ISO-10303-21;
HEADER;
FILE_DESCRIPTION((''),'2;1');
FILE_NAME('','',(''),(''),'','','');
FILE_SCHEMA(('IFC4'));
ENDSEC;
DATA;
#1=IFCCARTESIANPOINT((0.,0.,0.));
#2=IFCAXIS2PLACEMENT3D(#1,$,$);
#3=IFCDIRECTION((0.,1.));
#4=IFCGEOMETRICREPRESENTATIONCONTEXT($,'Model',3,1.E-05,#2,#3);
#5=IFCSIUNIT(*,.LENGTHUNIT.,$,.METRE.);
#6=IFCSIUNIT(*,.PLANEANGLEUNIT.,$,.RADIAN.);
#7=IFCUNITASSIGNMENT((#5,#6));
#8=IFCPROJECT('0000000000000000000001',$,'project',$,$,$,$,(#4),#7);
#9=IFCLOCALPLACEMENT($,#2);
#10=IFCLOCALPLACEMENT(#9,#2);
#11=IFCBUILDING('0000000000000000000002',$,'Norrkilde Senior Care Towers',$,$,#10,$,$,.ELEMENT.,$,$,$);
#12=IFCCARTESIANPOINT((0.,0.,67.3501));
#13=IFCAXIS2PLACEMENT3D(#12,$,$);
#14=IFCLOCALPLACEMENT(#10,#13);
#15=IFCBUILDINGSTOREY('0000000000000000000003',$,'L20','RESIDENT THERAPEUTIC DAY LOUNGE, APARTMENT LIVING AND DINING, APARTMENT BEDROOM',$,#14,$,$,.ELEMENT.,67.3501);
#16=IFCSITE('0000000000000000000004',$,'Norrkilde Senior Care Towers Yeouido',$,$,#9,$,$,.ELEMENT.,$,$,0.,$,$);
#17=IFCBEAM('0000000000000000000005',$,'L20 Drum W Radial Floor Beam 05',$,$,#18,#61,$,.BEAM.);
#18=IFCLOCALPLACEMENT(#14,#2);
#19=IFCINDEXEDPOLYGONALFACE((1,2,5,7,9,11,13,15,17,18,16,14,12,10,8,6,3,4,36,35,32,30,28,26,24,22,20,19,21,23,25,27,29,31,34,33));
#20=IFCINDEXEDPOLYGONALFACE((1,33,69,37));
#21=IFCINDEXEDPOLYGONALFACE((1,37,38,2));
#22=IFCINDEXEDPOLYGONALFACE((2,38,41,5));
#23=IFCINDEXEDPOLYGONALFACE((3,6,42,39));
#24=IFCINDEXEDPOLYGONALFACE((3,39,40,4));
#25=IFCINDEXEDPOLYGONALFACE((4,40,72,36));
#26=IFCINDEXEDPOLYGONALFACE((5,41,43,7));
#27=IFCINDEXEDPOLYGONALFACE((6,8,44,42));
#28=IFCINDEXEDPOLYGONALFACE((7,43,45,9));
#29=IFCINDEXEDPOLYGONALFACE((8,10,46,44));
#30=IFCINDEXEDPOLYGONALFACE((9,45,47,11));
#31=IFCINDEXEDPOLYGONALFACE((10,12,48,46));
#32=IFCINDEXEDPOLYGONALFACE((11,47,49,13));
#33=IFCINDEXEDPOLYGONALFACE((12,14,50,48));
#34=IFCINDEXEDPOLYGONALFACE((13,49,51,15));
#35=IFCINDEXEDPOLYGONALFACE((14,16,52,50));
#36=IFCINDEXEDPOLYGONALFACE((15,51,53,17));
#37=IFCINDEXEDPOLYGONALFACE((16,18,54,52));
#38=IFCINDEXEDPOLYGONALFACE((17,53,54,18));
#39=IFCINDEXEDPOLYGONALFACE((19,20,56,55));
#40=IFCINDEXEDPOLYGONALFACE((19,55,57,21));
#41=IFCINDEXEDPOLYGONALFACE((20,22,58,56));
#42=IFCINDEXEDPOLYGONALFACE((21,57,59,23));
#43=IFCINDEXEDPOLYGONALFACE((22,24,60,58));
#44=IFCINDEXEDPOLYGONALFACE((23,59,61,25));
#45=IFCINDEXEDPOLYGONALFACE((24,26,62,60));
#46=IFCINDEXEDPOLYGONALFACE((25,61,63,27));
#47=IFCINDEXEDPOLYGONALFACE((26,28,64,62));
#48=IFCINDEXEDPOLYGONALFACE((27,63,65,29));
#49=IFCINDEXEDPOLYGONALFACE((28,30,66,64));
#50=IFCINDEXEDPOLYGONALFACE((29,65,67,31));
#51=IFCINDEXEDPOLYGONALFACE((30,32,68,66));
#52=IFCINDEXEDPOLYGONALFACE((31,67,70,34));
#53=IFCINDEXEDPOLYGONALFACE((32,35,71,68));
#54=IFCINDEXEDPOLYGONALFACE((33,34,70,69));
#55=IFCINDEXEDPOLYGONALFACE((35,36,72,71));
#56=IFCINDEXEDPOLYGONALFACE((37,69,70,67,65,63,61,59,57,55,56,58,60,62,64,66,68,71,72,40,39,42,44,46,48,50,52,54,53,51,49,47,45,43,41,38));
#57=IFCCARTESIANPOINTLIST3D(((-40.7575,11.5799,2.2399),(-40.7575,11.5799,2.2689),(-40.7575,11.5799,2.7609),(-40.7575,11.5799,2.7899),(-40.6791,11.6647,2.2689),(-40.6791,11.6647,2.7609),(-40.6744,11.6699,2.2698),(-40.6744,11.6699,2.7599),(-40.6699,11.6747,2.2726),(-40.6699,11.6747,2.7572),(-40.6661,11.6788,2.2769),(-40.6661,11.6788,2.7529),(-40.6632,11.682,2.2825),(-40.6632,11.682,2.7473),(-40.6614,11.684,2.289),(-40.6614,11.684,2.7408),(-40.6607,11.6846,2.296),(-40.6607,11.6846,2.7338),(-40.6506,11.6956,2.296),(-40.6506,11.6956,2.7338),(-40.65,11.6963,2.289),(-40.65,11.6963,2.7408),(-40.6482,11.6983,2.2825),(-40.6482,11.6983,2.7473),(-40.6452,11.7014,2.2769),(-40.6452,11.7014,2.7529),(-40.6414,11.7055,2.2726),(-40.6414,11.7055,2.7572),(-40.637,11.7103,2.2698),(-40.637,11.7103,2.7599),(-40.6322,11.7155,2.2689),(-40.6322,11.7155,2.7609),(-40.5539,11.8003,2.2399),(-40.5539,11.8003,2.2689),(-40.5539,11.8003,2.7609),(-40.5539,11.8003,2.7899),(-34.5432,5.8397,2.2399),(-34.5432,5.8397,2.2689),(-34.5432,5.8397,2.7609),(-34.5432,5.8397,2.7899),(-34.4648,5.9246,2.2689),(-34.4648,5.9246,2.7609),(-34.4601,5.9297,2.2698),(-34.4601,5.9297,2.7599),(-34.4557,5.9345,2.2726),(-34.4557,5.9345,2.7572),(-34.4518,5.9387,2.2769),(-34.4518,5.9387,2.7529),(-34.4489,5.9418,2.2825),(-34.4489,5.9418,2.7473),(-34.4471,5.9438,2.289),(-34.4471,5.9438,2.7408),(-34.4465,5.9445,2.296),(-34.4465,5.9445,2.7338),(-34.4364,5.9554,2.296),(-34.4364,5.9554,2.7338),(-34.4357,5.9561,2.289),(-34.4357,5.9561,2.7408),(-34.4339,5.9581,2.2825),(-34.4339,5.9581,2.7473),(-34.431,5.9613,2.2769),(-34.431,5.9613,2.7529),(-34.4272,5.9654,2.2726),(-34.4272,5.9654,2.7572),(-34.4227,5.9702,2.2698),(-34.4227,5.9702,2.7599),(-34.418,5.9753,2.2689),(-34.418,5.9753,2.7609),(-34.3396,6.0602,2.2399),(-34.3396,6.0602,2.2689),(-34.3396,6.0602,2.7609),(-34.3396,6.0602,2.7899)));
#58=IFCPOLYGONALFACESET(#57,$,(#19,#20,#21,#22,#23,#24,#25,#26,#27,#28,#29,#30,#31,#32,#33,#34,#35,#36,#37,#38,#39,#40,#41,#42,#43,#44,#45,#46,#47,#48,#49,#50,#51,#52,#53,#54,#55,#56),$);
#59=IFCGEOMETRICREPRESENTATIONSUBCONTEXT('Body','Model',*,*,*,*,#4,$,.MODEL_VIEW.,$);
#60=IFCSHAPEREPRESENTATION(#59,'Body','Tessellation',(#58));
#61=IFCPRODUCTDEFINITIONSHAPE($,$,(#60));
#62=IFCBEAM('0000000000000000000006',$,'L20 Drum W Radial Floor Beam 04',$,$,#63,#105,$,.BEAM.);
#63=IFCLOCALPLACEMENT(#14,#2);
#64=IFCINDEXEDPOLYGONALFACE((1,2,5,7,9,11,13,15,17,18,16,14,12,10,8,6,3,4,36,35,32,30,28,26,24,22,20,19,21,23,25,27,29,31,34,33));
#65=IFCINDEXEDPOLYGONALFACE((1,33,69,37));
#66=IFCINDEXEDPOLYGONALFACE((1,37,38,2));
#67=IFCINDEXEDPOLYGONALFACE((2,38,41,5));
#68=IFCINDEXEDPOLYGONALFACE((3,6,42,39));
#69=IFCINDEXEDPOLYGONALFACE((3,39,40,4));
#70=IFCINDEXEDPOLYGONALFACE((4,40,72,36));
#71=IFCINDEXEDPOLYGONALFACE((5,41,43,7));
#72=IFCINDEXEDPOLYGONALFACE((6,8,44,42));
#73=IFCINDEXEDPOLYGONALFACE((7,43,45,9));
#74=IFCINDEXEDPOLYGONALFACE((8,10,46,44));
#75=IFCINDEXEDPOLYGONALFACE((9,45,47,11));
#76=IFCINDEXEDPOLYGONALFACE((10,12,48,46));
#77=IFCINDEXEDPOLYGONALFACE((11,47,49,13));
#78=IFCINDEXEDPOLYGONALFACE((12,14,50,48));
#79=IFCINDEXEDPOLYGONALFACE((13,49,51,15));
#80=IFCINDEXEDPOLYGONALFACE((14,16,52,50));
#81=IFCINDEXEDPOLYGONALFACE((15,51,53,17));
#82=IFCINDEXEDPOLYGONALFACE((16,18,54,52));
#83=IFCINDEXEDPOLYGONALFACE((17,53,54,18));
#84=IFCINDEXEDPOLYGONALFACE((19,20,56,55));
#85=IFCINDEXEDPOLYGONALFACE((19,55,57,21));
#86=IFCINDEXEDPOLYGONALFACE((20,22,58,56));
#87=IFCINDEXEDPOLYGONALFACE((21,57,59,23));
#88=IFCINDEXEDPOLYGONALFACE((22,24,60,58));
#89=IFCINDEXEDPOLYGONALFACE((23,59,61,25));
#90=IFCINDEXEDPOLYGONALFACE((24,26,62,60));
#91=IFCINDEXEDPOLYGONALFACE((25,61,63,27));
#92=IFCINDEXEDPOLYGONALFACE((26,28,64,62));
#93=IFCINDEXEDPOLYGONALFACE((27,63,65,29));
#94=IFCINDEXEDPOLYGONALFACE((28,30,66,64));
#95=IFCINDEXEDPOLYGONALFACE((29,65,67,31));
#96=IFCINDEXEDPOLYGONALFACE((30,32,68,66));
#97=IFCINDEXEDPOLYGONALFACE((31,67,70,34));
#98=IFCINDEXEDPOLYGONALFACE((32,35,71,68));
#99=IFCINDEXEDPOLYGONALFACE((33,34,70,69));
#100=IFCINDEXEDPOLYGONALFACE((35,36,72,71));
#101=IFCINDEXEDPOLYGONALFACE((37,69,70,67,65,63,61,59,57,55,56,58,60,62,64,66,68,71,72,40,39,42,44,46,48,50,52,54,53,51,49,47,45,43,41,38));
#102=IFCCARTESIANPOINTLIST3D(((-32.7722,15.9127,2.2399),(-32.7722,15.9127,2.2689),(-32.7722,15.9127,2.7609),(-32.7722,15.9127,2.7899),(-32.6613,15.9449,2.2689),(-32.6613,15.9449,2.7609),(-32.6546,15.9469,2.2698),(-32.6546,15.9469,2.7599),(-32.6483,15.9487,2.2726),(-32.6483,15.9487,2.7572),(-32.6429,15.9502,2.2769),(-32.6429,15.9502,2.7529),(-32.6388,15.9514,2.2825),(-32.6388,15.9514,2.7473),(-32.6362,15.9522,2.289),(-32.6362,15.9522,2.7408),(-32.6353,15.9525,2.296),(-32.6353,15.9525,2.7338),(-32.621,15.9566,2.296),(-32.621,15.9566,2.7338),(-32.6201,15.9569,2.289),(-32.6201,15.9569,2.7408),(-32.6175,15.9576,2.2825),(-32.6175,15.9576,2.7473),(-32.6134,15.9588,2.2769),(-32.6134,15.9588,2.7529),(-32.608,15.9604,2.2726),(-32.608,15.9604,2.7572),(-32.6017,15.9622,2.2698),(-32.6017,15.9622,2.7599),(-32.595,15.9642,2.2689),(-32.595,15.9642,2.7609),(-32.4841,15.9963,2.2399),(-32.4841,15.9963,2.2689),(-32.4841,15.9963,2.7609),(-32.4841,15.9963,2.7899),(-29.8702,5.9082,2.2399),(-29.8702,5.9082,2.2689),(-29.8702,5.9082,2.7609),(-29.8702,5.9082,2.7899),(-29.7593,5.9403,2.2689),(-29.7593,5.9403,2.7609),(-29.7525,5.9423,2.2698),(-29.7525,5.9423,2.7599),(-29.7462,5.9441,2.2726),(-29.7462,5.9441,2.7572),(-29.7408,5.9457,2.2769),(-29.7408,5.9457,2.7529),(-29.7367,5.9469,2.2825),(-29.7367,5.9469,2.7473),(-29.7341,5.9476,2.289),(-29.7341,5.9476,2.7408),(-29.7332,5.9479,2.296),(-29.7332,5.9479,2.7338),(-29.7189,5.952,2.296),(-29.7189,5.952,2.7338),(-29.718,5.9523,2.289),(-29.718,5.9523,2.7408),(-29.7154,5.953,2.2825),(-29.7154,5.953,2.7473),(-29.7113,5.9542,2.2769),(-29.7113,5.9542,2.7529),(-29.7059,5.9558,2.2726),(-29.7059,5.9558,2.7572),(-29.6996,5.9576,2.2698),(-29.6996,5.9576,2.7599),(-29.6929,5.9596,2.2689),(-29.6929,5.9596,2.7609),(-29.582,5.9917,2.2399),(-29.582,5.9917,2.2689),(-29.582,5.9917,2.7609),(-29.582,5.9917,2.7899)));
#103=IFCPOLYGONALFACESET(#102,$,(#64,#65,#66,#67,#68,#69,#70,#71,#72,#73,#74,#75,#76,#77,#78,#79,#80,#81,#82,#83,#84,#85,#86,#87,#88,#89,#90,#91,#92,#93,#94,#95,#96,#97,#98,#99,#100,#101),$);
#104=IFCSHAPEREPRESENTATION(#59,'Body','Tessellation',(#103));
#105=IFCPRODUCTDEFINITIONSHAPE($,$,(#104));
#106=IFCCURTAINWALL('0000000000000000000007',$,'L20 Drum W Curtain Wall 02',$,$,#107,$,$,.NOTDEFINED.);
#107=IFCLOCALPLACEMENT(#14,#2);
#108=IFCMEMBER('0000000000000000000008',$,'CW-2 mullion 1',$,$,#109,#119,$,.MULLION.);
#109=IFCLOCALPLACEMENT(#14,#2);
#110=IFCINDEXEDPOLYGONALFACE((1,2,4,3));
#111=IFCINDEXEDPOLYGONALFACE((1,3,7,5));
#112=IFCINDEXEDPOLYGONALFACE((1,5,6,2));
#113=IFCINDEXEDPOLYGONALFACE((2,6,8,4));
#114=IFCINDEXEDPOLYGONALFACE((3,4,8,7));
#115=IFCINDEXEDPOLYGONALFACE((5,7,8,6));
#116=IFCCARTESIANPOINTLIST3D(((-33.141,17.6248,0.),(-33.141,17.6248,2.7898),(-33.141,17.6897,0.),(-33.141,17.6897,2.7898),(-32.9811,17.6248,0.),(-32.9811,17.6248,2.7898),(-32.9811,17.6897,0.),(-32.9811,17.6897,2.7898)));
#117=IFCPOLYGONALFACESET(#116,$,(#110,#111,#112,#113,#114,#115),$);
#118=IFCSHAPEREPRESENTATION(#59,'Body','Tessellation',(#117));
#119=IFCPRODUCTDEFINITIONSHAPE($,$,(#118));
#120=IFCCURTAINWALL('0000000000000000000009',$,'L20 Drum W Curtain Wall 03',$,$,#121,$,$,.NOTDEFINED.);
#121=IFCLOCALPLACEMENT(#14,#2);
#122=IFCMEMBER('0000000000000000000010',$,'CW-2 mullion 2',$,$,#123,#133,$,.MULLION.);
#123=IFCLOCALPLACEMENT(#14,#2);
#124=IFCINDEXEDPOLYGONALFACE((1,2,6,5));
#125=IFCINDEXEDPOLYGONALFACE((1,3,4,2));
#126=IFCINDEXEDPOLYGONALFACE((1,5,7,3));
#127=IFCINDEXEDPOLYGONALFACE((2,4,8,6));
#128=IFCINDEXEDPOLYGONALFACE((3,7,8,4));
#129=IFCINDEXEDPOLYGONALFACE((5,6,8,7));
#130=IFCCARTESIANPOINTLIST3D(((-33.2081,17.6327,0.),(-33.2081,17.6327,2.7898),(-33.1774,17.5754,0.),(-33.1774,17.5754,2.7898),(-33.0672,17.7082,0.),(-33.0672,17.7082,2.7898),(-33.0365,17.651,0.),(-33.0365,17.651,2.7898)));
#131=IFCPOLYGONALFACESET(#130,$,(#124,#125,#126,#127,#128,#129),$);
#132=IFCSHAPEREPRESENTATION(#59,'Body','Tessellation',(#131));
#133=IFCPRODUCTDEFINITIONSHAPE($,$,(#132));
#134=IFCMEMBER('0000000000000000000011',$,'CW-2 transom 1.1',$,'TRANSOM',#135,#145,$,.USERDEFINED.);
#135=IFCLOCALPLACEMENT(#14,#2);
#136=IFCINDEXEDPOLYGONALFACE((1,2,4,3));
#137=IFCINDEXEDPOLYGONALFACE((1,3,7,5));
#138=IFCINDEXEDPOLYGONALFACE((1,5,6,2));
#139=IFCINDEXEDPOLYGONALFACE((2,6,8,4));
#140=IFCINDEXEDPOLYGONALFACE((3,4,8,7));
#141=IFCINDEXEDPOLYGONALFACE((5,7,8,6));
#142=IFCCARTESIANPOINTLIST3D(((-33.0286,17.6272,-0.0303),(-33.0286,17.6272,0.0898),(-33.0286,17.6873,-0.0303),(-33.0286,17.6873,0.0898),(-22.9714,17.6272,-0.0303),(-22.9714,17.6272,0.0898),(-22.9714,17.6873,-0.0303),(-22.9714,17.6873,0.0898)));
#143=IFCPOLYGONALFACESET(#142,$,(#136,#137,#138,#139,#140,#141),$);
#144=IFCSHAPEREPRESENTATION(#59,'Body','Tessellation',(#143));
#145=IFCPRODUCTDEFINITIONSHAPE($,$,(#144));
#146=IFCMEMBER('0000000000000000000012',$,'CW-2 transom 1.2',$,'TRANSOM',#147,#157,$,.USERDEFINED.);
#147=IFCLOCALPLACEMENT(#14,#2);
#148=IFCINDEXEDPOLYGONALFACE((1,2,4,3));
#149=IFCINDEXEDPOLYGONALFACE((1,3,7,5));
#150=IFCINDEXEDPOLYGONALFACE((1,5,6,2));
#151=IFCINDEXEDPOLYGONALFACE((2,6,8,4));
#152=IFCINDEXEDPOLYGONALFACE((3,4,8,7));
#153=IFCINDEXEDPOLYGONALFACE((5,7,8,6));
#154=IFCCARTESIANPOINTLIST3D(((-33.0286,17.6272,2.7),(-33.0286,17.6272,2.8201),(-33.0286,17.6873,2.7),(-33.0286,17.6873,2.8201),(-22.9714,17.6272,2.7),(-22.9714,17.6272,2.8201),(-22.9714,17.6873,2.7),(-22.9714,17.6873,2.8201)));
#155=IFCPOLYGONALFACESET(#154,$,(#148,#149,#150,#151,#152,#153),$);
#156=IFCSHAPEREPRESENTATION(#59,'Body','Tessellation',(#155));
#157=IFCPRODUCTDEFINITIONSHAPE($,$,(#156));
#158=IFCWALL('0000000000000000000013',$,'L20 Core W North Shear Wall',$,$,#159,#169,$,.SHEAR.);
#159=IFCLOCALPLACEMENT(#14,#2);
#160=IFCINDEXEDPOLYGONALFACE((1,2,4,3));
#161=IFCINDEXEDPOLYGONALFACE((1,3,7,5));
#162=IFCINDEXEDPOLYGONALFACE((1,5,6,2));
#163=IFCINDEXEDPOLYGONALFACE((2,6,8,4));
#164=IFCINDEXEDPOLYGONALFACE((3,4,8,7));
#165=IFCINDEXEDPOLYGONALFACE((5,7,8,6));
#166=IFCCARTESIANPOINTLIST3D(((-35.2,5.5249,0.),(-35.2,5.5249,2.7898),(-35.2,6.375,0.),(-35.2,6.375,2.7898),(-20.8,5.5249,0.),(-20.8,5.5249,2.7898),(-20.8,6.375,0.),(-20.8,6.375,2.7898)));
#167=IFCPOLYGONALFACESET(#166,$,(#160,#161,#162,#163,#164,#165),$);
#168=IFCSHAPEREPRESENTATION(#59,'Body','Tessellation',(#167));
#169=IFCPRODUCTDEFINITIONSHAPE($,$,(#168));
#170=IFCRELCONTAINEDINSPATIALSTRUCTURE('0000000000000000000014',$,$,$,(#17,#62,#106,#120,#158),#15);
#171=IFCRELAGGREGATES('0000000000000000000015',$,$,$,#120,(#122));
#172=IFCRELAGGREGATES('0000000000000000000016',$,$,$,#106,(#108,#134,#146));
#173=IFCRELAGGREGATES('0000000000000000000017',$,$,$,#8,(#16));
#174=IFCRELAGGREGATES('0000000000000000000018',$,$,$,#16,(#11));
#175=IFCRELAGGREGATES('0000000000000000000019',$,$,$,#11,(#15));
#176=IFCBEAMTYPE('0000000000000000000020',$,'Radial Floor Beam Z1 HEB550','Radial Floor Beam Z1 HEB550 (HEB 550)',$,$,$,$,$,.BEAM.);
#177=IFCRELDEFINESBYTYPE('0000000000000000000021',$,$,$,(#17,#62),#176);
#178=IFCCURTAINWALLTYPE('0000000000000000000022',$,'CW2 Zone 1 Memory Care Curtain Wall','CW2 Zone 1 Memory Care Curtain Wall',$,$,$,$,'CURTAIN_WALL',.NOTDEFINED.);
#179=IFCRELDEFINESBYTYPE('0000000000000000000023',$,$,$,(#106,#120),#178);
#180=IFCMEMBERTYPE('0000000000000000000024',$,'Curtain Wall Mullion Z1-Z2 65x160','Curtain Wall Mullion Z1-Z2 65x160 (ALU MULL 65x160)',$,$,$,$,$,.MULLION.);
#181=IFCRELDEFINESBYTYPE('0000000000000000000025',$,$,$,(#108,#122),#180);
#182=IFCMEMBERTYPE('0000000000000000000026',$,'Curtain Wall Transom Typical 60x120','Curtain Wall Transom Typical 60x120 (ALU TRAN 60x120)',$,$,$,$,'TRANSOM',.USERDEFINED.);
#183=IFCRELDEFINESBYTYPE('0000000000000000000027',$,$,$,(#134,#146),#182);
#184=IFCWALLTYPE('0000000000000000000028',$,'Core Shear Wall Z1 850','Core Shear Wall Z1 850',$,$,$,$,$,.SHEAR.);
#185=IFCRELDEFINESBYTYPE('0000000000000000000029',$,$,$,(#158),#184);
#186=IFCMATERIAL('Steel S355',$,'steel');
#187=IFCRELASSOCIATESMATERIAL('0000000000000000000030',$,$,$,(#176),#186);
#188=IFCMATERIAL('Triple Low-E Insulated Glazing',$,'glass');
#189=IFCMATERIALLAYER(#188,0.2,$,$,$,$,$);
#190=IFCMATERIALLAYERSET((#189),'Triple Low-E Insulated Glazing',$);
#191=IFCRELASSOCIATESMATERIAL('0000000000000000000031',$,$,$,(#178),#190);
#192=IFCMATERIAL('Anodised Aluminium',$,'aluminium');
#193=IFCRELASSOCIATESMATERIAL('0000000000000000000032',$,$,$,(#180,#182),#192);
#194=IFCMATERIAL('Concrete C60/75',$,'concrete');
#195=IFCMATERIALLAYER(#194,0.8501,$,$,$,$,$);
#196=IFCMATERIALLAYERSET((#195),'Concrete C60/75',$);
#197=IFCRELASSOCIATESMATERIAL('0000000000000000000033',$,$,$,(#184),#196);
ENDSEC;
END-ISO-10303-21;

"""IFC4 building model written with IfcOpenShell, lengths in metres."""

from ifc_helpers import new_model, si_unit, direction, frame, frame_2d, origin, origin_2d, place, context, subcontext, project, spatial, rectangle, i_section, extrude, source, transform, mapped, material, layer, layer_set, material_profile, profile_set, type_object, type_shapes, element, aggregate, save


model = new_model("IFC4")

# Units and contexts
model_context = context("Model", 3, precision=1e-05, world=origin(), true_north=direction((0.0, 1.0)))
body_context = subcontext(model_context, "Body", "Model", "MODEL_VIEW")
ifc_project = project(units=[si_unit("LENGTHUNIT", "METRE"), si_unit("PLANEANGLEUNIT", "RADIAN")], contexts=[model_context])

# Site, building, storey
site_placement = place(None, origin())
site = spatial("IfcSite", under=ifc_project, at=site_placement, Name="Norrkilde Senior Care Towers Yeouido", CompositionType="ELEMENT", RefElevation=0.0)
building_placement = place(site_placement, origin())
building = spatial("IfcBuilding", under=site, at=building_placement, Name="Norrkilde Senior Care Towers", CompositionType="ELEMENT")
storey_placement = place(building_placement, frame((0.0, 0.0, 67.3501)))
storey = spatial("IfcBuildingStorey", under=building, at=storey_placement, Name="L20", Description="RESIDENT THERAPEUTIC DAY LOUNGE, APARTMENT LIVING AND DINING, APARTMENT BEDROOM", CompositionType="ELEMENT", Elevation=67.3501)

# Shared definitions
ifc_material_1 = material(Name="Concrete C60/75", Category="concrete")

# Beams
ifc_material_2 = material(Name="Steel S355", Category="steel")
ifc_material_profile_1 = material_profile(ifc_material_2, i_section(OverallWidth=0.3, OverallDepth=0.55, WebThickness=0.0149, FlangeThickness=0.0291, FilletRadius=0.0271, at=origin_2d()), Name="HEB 550")
ifc_profile_set_1 = profile_set([ifc_material_profile_1], Name="Steel S355")
beam_type_1 = type_object("IfcBeamType", Name="Radial Floor Beam Z1 HEB550", Description="Radial Floor Beam Z1 HEB550 (HEB 550)", PredefinedType="BEAM", material=ifc_profile_set_1)
shared_shape_1 = source(origin(), body_context, "Body", "SweptSolid", [
    extrude(i_section(OverallWidth=0.3, OverallDepth=0.55, WebThickness=0.0149, FlangeThickness=0.0291, FilletRadius=0.0271, at=origin_2d()), origin(), (0.0, 0.0, 1.0), 8.4597),
])
beam_1_placement = place(storey_placement, frame((-34.4414, 5.95, 2.5149), z_axis=(-0.734573, 0.678529, 0.0), x_axis=(-0.678529, -0.734573, 0.0)))
element("IfcBeam", 1, at=beam_1_placement, inside=storey, type_object=beam_type_1, Name="L20 Drum W Radial Floor Beam 05", PredefinedType="BEAM", context=body_context, shape_type="MappedRepresentation", body=[
    mapped(shared_shape_1, transform((0.0, 0.0, 0.0), x_axis=(1.0, 0.0, 0.0), y_axis=(0.0, 1.0, 0.0), z_axis=(0.0, 0.0, 1.0), scale=1.0)),
])
shared_shape_2 = source(origin(), body_context, "Body", "SweptSolid", [
    extrude(i_section(OverallWidth=0.3, OverallDepth=0.55, WebThickness=0.0149, FlangeThickness=0.0291, FilletRadius=0.0271, at=origin_2d()), origin(), (0.0, 0.0, 1.0), 10.417),
])
beam_2_placement = place(storey_placement, frame((-29.7261, 5.95, 2.5149), z_axis=(-0.278591, 0.96041, 0.0), x_axis=(-0.96041, -0.278591, 0.0)))
element("IfcBeam", 2, at=beam_2_placement, inside=storey, type_object=beam_type_1, Name="L20 Drum W Radial Floor Beam 04", PredefinedType="BEAM", context=body_context, shape_type="MappedRepresentation", body=[
    mapped(shared_shape_2, transform((0.0, 0.0, 0.0), x_axis=(1.0, 0.0, 0.0), y_axis=(0.0, 1.0, 0.0), z_axis=(0.0, 0.0, 1.0), scale=1.0)),
])

# Curtain walls, members
ifc_material_3 = material(Name="Triple Low-E Insulated Glazing", Category="glass")
ifc_layer_1 = layer(ifc_material_3, 0.2)
ifc_layer_set_1 = layer_set([ifc_layer_1], Name="Triple Low-E Insulated Glazing")
curtain_wall_type = type_object("IfcCurtainWallType", Name="CW2 Zone 1 Memory Care Curtain Wall", Description="CW2 Zone 1 Memory Care Curtain Wall", ElementType="CURTAIN_WALL", PredefinedType="NOTDEFINED", material=ifc_layer_set_1)
curtain_wall_1_placement = place(storey_placement, origin())
curtain_wall_1 = element("IfcCurtainWall", 3, at=curtain_wall_1_placement, inside=storey, type_object=curtain_wall_type, Name="L20 Drum W Curtain Wall 02", PredefinedType="NOTDEFINED")
ifc_material_4 = material(Name="Anodised Aluminium", Category="aluminium")
ifc_material_profile_2 = material_profile(ifc_material_4, rectangle(XDim=0.0649, YDim=0.1599, at=origin_2d()), Name="ALU MULL 65x160")
ifc_profile_set_2 = profile_set([ifc_material_profile_2], Name="Anodised Aluminium")
member_type_1 = type_object("IfcMemberType", Name="Curtain Wall Mullion Z1-Z2 65x160", Description="Curtain Wall Mullion Z1-Z2 65x160 (ALU MULL 65x160)", PredefinedType="MULLION", material=ifc_profile_set_2)
shared_shape_3 = source(origin(), body_context, "Body", "SweptSolid", [
    extrude(rectangle(XDim=0.0649, YDim=0.1599, at=origin_2d()), origin(), (0.0, 0.0, 1.0), 2.7898),
])
type_shapes(member_type_1, [shared_shape_3])
member_1_placement = place(storey_placement, frame((-33.061, 17.6572, 0.0), z_axis=(0.0, 0.0, 1.0), x_axis=(0.0, 1.0, 0.0)))
member_1 = element("IfcMember", 4, at=member_1_placement, type_object=member_type_1, Name="CW-2 mullion 1", PredefinedType="MULLION", context=body_context, shape_type="MappedRepresentation", body=[
    mapped(shared_shape_3, transform((0.0, 0.0, 0.0), x_axis=(1.0, 0.0, 0.0), y_axis=(0.0, 1.0, 0.0), z_axis=(0.0, 0.0, 1.0), scale=1.0)),
])
curtain_wall_2_placement = place(storey_placement, origin())
curtain_wall_2 = element("IfcCurtainWall", 5, at=curtain_wall_2_placement, inside=storey, type_object=curtain_wall_type, Name="L20 Drum W Curtain Wall 03", PredefinedType="NOTDEFINED")
member_2_placement = place(storey_placement, frame((-33.1223, 17.6418, 0.0), z_axis=(0.0, 0.0, 1.0), x_axis=(-0.472608, 0.881273, 0.0)))
member_2 = element("IfcMember", 6, at=member_2_placement, type_object=member_type_1, Name="CW-2 mullion 2", PredefinedType="MULLION", context=body_context, shape_type="MappedRepresentation", body=[
    mapped(shared_shape_3, transform((0.0, 0.0, 0.0), x_axis=(1.0, 0.0, 0.0), y_axis=(0.0, 1.0, 0.0), z_axis=(0.0, 0.0, 1.0), scale=1.0)),
])
aggregate(curtain_wall_2, [member_2])

# Members
ifc_material_profile_3 = material_profile(ifc_material_4, rectangle(XDim=0.0601, YDim=0.1201, at=origin_2d()), Name="ALU TRAN 60x120")
ifc_profile_set_3 = profile_set([ifc_material_profile_3], Name="Anodised Aluminium")
member_type_2 = type_object("IfcMemberType", Name="Curtain Wall Transom Typical 60x120", Description="Curtain Wall Transom Typical 60x120 (ALU TRAN 60x120)", ElementType="TRANSOM", PredefinedType="USERDEFINED", material=ifc_profile_set_3)
shared_shape_4 = source(origin(), body_context, "Body", "SweptSolid", [
    extrude(rectangle(XDim=0.0601, YDim=0.1201, at=origin_2d()), origin(), (0.0, 0.0, 1.0), 10.0571),
])
type_shapes(member_type_2, [shared_shape_4])
member_3_placement = place(storey_placement, frame((-33.0286, 17.6572, 0.0298), z_axis=(1.0, 0.0, 0.0), x_axis=(0.0, 1.0, 0.0)))
member_3 = element("IfcMember", 7, at=member_3_placement, type_object=member_type_2, Name="CW-2 transom 1.1", ObjectType="TRANSOM", PredefinedType="USERDEFINED", context=body_context, shape_type="MappedRepresentation", body=[
    mapped(shared_shape_4, transform((0.0, 0.0, 0.0), x_axis=(1.0, 0.0, 0.0), y_axis=(0.0, 1.0, 0.0), z_axis=(0.0, 0.0, 1.0), scale=1.0)),
])
member_4_placement = place(storey_placement, frame((-33.0286, 17.6572, 2.76), z_axis=(1.0, 0.0, 0.0), x_axis=(0.0, 1.0, 0.0)))
member_4 = element("IfcMember", 8, at=member_4_placement, type_object=member_type_2, Name="CW-2 transom 1.2", ObjectType="TRANSOM", PredefinedType="USERDEFINED", context=body_context, shape_type="MappedRepresentation", body=[
    mapped(shared_shape_4, transform((0.0, 0.0, 0.0), x_axis=(1.0, 0.0, 0.0), y_axis=(0.0, 1.0, 0.0), z_axis=(0.0, 0.0, 1.0), scale=1.0)),
])
aggregate(curtain_wall_1, [member_1, member_3, member_4])

# Wall
ifc_layer_2 = layer(ifc_material_1, 0.8501)
ifc_layer_set_2 = layer_set([ifc_layer_2], Name="Concrete C60/75")
wall_type_1 = type_object("IfcWallType", Name="Core Shear Wall Z1 850", Description="Core Shear Wall Z1 850", PredefinedType="SHEAR", material=ifc_layer_set_2)
shared_shape_5 = source(origin(), body_context, "Body", "SweptSolid", [
    extrude(rectangle(XDim=14.3999, YDim=0.8501, at=frame_2d((7.2, 0.0))), origin(), (0.0, 0.0, 1.0), 2.7898),
])
type_shapes(wall_type_1, [shared_shape_5])
wall_1_placement = place(storey_placement, frame((-35.2, 5.95, 0.0), z_axis=(0.0, 0.0, 1.0), x_axis=(1.0, 0.0, 0.0)))
element("IfcWall", 9, at=wall_1_placement, inside=storey, type_object=wall_type_1, Name="L20 Core W North Shear Wall", PredefinedType="SHEAR", context=body_context, shape_type="MappedRepresentation", body=[
    mapped(shared_shape_5, transform((0.0, 0.0, 0.0), x_axis=(1.0, 0.0, 0.0), y_axis=(0.0, 1.0, 0.0), z_axis=(0.0, 0.0, 1.0), scale=1.0)),
])

save(model, "model.ifc")
